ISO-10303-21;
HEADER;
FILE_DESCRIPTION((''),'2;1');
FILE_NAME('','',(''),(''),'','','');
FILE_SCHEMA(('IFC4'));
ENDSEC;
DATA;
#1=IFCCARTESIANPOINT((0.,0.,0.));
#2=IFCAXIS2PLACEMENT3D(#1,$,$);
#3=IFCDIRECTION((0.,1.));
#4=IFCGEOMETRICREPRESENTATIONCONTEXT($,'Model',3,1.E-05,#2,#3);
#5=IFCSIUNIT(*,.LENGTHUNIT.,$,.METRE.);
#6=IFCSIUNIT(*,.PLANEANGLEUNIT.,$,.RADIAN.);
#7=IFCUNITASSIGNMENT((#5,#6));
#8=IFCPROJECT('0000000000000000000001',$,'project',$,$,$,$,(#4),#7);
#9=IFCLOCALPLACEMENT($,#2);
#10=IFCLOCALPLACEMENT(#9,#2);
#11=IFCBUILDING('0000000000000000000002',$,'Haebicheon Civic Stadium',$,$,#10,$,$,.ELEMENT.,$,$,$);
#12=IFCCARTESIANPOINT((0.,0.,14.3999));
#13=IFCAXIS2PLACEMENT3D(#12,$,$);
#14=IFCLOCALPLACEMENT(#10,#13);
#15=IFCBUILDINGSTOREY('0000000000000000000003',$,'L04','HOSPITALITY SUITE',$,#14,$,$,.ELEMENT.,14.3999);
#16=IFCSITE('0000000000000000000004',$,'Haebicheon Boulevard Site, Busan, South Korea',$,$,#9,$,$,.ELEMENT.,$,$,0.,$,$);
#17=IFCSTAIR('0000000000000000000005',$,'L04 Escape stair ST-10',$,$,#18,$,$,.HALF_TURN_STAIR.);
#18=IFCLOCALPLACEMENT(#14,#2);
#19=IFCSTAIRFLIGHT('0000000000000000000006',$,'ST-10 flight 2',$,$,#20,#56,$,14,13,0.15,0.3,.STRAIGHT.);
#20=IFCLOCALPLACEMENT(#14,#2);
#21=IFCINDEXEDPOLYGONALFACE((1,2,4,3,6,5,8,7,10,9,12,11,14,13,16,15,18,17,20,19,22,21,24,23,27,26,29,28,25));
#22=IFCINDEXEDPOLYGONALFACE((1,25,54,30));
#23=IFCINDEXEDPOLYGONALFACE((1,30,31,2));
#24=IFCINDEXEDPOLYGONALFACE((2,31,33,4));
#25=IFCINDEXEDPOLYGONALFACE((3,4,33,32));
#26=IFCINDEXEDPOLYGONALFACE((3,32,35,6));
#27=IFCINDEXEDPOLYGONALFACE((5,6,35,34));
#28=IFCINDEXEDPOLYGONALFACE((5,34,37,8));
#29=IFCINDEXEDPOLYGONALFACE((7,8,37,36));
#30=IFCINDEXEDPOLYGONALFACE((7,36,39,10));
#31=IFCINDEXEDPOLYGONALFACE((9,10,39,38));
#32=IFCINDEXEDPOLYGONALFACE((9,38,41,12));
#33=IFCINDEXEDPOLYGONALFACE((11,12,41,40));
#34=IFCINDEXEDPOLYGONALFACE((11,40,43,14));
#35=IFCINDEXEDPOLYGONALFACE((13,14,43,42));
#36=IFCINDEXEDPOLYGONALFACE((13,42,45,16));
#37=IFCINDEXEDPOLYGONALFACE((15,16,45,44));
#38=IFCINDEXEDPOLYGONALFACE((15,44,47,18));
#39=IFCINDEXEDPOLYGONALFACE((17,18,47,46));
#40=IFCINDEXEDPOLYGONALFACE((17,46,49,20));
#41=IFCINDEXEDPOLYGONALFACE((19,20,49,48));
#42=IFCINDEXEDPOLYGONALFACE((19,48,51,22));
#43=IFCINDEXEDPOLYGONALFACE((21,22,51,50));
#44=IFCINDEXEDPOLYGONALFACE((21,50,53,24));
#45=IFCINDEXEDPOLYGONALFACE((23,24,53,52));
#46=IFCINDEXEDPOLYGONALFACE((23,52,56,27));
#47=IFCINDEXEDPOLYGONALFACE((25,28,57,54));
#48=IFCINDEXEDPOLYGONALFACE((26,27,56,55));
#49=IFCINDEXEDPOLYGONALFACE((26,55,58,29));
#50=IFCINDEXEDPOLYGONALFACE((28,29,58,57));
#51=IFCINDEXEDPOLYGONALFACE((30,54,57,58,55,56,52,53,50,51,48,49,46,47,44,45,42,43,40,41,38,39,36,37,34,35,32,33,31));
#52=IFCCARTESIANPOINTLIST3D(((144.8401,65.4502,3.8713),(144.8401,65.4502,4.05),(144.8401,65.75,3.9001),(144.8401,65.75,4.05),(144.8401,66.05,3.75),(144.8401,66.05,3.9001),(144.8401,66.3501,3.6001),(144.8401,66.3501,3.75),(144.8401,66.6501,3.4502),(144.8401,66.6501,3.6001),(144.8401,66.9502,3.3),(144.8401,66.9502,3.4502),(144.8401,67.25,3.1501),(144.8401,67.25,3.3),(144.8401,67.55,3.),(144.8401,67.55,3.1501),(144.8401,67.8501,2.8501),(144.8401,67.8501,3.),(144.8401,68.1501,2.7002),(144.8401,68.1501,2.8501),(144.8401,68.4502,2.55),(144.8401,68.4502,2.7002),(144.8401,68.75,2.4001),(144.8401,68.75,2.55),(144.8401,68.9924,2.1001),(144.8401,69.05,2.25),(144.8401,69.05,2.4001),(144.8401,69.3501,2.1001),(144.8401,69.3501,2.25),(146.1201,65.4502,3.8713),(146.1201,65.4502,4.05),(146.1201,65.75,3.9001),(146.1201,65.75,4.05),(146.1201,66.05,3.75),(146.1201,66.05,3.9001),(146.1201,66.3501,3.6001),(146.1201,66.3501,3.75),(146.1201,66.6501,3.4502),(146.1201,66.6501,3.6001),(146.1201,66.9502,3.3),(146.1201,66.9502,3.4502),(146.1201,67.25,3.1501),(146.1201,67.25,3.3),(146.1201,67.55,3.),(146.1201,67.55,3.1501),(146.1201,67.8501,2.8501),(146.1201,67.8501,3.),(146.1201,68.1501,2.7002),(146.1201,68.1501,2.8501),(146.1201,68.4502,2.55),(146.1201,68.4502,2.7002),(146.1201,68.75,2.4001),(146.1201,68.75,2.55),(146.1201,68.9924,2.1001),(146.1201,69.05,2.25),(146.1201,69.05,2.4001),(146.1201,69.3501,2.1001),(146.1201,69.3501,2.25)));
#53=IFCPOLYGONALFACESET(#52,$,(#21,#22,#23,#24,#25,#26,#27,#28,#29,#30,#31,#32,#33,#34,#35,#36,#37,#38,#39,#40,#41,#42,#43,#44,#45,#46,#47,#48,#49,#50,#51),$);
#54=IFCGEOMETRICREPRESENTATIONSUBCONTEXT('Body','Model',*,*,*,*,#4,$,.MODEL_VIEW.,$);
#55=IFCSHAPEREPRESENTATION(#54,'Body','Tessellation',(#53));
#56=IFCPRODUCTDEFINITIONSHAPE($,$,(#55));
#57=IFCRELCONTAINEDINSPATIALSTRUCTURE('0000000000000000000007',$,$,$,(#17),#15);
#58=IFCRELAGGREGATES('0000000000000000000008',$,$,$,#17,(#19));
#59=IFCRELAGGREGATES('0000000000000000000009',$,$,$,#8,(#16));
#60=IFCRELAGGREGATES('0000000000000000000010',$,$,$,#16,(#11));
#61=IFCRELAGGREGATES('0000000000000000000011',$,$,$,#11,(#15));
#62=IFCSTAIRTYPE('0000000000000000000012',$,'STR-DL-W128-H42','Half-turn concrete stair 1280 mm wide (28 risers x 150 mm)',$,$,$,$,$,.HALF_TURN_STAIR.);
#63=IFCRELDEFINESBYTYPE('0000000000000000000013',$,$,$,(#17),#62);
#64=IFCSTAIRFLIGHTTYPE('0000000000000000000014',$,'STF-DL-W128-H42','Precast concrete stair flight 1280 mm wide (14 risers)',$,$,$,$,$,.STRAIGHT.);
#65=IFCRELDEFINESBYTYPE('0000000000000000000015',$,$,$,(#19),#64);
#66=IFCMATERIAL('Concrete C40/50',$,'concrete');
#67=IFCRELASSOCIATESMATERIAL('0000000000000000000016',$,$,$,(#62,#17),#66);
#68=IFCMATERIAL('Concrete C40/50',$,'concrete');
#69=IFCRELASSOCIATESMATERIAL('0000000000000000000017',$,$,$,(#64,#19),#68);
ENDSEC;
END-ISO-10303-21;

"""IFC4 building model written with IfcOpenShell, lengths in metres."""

from ifc_helpers import new_model, si_unit, direction, frame, origin, place, context, subcontext, project, spatial, polyline, outline, extrude, material, type_object, element, aggregate, save


model = new_model("IFC4")

# Units and contexts
model_context = context("Model", 3, precision=1e-05, world=origin(), true_north=direction((0.0, 1.0)))
body_context = subcontext(model_context, "Body", "Model", "MODEL_VIEW")
ifc_project = project(units=[si_unit("LENGTHUNIT", "METRE"), si_unit("PLANEANGLEUNIT", "RADIAN")], contexts=[model_context])

# Site, building, storey
site_placement = place(None, origin())
site = spatial("IfcSite", under=ifc_project, at=site_placement, Name="Haebicheon Boulevard Site, Busan, South Korea", CompositionType="ELEMENT", RefElevation=0.0)
building_placement = place(site_placement, origin())
building = spatial("IfcBuilding", under=site, at=building_placement, Name="Haebicheon Civic Stadium", CompositionType="ELEMENT")
storey_placement = place(building_placement, frame((0.0, 0.0, 14.3999)))
storey = spatial("IfcBuildingStorey", under=building, at=storey_placement, Name="L04", Description="HOSPITALITY SUITE", CompositionType="ELEMENT", Elevation=14.3999)

# Stair, stair flight
ifc_material_1 = material(Name="Concrete C40/50", Category="concrete")
stair_type = type_object("IfcStairType", Name="STR-DL-W128-H42", Description="Half-turn concrete stair 1280 mm wide (28 risers x 150 mm)", PredefinedType="HALF_TURN_STAIR", material=ifc_material_1)
stair_placement = place(storey_placement, origin())
stair = element("IfcStair", 1, at=stair_placement, inside=storey, type_object=stair_type, material=ifc_material_1, Name="L04 Escape stair ST-10", PredefinedType="HALF_TURN_STAIR")
ifc_material_2 = material(Name="Concrete C40/50", Category="concrete")
stair_flight_type = type_object("IfcStairFlightType", Name="STF-DL-W128-H42", Description="Precast concrete stair flight 1280 mm wide (14 risers)", PredefinedType="STRAIGHT", material=ifc_material_2)
stair_flight_1_placement = place(storey_placement, frame((145.48, 69.3501, 2.1001), z_axis=(0.0, 0.0, 1.0), x_axis=(0.0, -1.0, 0.0)))
stair_flight_1 = element("IfcStairFlight", 2, at=stair_flight_1_placement, type_object=stair_flight_type, material=ifc_material_2, Name="ST-10 flight 2", NumberOfRisers=14, NumberOfTreads=13, PredefinedType="STRAIGHT", RiserHeight=0.15, TreadLength=0.3, context=body_context, shape_type="SweptSolid", body=[
    extrude(outline(polyline([(0.0, 0.0), (0.0, 0.1499), (0.3, 0.1499), (0.3, 0.3), (0.6001, 0.3), (0.6001, 0.45), (0.8999, 0.45), (0.8999, 0.6001), (1.2, 0.6001), (1.2, 0.75), (1.5, 0.75), (1.5, 0.8999), (1.8, 0.8999), (1.8, 1.05), (2.1001, 1.05), (2.1001, 1.2), (2.3999, 1.2), (2.3999, 1.3501), (2.7, 1.3501), (2.7, 1.5), (3.0, 1.5), (3.0, 1.6499), (3.3, 1.6499), (3.3, 1.8), (3.6001, 1.8), (3.6001, 1.95), (3.8999, 1.95), (3.8999, 2.1001), (3.8999, 1.7712), (0.3577, 0.0), (0.0, 0.0)])), frame((0.0, 0.6401, 0.0), z_axis=(0.0, -1.0, 0.0), x_axis=(1.0, 0.0, 0.0)), (0.0, 0.0, 1.0), 1.28),
])
aggregate(stair, [stair_flight_1])

save(model, "model.ifc")
